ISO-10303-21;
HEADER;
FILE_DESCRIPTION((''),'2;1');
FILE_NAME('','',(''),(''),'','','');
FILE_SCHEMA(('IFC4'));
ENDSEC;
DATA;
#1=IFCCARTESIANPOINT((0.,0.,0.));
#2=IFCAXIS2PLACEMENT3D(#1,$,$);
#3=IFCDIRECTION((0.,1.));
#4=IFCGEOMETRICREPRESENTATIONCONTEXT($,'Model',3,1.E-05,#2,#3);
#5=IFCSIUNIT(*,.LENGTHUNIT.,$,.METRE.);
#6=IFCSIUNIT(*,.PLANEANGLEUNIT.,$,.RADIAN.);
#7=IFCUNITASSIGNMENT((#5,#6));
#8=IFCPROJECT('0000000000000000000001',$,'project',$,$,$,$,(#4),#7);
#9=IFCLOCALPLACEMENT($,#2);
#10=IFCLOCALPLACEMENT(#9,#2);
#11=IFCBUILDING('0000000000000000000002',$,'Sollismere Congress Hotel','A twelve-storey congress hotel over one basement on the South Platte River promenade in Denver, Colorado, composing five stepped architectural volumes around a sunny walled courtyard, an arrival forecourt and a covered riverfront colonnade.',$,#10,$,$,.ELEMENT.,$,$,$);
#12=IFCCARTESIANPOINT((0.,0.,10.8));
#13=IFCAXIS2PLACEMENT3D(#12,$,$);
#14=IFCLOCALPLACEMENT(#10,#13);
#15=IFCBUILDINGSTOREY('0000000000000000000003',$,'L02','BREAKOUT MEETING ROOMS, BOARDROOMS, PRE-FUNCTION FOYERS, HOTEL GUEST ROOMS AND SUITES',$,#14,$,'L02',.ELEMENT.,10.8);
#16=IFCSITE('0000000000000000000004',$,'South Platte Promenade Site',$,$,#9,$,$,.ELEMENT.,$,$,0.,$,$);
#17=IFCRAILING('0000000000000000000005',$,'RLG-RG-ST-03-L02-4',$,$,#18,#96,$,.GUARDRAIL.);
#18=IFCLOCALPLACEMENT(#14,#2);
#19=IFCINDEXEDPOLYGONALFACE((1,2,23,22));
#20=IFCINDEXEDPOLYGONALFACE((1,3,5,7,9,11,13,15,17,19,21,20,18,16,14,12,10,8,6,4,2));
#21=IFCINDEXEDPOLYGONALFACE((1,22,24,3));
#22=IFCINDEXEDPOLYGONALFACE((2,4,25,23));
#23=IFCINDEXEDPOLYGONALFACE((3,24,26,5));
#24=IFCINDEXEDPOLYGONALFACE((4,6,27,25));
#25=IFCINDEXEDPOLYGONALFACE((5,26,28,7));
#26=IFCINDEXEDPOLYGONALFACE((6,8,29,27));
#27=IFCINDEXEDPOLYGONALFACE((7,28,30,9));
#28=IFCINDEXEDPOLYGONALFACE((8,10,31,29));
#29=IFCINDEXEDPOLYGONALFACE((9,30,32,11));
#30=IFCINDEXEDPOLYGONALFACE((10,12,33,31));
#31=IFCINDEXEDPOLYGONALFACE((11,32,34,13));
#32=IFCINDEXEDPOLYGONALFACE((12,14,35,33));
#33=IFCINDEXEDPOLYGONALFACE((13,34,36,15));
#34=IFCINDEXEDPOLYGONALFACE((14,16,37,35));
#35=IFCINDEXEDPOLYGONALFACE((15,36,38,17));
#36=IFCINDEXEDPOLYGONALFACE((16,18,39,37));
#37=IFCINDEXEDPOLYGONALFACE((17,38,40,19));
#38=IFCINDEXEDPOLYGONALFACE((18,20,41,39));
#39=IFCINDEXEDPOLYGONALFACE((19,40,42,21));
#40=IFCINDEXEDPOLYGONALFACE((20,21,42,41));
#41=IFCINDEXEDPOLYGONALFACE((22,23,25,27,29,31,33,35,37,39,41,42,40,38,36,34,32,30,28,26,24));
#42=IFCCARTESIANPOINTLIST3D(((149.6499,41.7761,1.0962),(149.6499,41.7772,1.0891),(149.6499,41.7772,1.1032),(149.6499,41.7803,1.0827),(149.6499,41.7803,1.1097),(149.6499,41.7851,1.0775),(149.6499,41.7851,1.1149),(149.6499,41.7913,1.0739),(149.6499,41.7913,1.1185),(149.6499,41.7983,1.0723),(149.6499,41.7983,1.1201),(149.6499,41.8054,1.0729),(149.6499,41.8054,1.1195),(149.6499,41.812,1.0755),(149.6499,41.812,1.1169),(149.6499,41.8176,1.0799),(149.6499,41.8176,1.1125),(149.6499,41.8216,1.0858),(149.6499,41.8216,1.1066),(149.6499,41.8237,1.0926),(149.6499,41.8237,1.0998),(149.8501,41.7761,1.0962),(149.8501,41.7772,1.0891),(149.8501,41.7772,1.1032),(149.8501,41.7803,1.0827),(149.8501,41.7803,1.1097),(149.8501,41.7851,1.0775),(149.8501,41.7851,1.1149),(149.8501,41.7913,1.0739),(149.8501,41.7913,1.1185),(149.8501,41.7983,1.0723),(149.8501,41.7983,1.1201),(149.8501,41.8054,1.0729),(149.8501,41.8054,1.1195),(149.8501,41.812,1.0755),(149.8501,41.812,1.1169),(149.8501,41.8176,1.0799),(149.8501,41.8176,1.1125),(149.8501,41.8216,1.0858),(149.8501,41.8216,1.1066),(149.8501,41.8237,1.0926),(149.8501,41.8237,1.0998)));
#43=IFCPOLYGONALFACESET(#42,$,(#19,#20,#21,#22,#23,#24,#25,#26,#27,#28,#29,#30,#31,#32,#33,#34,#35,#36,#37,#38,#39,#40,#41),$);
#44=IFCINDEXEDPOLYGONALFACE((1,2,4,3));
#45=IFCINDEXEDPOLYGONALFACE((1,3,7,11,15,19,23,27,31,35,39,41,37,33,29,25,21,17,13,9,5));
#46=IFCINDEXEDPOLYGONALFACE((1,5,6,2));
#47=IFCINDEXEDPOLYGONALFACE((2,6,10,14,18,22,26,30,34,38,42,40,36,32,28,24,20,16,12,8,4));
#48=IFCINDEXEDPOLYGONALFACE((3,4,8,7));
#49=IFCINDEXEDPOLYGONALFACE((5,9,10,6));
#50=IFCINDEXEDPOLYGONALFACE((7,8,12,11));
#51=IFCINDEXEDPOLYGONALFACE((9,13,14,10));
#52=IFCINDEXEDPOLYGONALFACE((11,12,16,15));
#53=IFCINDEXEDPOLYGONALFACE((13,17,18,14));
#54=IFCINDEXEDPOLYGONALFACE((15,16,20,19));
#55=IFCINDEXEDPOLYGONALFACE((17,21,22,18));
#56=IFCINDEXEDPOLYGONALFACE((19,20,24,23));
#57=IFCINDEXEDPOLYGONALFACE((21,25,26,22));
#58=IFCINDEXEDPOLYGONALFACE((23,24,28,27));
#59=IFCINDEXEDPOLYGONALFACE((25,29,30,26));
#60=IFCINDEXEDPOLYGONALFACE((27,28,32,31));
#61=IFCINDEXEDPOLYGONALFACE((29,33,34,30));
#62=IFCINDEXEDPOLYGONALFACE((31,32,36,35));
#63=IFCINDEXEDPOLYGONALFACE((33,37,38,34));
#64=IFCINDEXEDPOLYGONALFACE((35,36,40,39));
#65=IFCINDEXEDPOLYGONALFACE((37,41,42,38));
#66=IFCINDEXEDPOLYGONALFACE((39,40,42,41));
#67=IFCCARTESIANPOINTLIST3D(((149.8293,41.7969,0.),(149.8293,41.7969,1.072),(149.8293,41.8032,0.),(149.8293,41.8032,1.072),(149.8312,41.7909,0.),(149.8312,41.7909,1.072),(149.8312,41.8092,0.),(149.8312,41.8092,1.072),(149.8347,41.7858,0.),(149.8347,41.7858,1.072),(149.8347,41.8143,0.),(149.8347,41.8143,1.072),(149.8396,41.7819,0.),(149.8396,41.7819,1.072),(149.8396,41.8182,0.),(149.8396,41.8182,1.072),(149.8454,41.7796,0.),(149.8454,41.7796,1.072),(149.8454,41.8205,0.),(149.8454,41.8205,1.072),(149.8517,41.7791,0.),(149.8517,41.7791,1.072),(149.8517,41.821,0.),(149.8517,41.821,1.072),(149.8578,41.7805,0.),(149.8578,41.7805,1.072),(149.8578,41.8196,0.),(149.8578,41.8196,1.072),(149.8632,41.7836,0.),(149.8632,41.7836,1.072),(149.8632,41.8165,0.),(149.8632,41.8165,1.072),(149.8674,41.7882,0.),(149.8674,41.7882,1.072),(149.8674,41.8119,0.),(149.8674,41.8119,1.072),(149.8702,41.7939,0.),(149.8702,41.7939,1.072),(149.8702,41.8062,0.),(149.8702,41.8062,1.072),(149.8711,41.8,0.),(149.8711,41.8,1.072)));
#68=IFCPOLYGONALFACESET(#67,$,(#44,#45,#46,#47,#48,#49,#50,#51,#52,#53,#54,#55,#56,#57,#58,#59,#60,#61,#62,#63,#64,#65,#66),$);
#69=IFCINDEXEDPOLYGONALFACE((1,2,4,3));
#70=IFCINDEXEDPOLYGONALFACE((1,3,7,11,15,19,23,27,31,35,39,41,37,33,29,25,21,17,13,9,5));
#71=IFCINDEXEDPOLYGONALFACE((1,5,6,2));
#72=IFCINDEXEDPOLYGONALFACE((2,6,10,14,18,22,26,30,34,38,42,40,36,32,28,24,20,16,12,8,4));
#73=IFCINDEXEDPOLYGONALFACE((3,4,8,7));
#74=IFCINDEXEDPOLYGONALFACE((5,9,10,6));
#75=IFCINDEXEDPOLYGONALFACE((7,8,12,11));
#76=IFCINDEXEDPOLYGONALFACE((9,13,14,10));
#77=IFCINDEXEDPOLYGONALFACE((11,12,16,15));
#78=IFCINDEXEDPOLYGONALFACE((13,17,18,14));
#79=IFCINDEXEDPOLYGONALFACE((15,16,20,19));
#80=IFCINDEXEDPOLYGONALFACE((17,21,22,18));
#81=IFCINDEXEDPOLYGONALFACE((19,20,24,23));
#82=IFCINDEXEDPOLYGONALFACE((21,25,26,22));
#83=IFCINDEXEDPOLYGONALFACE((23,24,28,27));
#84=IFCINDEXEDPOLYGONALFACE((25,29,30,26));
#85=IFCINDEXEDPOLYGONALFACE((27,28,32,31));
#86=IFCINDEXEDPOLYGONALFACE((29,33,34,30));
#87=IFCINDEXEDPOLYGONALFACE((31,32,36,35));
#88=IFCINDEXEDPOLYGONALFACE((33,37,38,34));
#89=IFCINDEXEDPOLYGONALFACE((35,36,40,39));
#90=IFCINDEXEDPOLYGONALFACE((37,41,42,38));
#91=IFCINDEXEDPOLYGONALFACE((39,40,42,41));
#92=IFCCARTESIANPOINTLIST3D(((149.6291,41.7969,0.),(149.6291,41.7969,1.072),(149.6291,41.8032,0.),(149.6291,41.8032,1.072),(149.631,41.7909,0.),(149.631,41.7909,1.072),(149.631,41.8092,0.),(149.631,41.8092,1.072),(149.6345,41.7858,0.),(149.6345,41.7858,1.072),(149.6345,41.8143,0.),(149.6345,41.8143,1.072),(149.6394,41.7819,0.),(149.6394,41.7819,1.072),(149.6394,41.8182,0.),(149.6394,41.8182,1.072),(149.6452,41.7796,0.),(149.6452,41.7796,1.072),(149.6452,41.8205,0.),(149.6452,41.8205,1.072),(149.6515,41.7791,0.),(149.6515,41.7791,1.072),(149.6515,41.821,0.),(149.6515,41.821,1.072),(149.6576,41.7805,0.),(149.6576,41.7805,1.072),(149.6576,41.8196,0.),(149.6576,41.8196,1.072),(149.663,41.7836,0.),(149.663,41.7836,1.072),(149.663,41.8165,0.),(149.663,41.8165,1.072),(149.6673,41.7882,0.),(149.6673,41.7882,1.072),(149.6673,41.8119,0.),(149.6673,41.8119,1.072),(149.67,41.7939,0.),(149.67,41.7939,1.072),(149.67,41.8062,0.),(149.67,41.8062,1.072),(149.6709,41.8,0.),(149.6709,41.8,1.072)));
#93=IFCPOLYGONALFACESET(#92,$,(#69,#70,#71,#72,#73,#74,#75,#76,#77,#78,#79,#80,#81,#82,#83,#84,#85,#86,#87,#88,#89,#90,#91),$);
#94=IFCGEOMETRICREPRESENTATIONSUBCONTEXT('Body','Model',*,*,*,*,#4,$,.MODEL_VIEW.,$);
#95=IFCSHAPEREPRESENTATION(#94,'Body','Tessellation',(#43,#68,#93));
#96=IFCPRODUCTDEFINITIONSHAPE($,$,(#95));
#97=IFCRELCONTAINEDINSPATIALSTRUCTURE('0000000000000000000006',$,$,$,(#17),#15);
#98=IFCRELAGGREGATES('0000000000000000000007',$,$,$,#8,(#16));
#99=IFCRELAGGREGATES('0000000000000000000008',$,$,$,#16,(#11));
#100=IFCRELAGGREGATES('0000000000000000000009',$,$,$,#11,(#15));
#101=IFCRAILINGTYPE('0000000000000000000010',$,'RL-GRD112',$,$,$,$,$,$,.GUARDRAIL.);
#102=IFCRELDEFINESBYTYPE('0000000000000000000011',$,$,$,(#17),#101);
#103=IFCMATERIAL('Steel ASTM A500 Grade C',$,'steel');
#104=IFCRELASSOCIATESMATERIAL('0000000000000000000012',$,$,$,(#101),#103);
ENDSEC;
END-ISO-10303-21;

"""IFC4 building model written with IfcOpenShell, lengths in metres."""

from ifc_helpers import new_model, si_unit, direction, frame, origin, origin_2d, place, context, subcontext, project, spatial, circle, extrude, material, type_object, element, save


model = new_model("IFC4")

# Units and contexts
model_context = context("Model", 3, precision=1e-05, world=origin(), true_north=direction((0.0, 1.0)))
body_context = subcontext(model_context, "Body", "Model", "MODEL_VIEW")
ifc_project = project(units=[si_unit("LENGTHUNIT", "METRE"), si_unit("PLANEANGLEUNIT", "RADIAN")], contexts=[model_context])

# Site, building, storey
site_placement = place(None, origin())
site = spatial("IfcSite", under=ifc_project, at=site_placement, Name="South Platte Promenade Site", CompositionType="ELEMENT", RefElevation=0.0)
building_placement = place(site_placement, origin())
building = spatial("IfcBuilding", under=site, at=building_placement, Name="Sollismere Congress Hotel", Description="A twelve-storey congress hotel over one basement on the South Platte River promenade in Denver, Colorado, composing five stepped architectural volumes around a sunny walled courtyard, an arrival forecourt and a covered riverfront colonnade.", CompositionType="ELEMENT")
storey_placement = place(building_placement, frame((0.0, 0.0, 10.8)))
storey = spatial("IfcBuildingStorey", under=building, at=storey_placement, Name="L02", Description="BREAKOUT MEETING ROOMS, BOARDROOMS, PRE-FUNCTION FOYERS, HOTEL GUEST ROOMS AND SUITES", LongName="L02", CompositionType="ELEMENT", Elevation=10.8)

# Railing
ifc_material_1 = material(Name="Steel ASTM A500 Grade C", Category="steel")
railing_type_1 = type_object("IfcRailingType", Name="RL-GRD112", PredefinedType="GUARDRAIL", material=ifc_material_1)
railing_1_placement = place(storey_placement, frame((149.8501, 41.8, 0.0)))
element("IfcRailing", 1, at=railing_1_placement, inside=storey, type_object=railing_type_1, Name="RLG-RG-ST-03-L02-4", PredefinedType="GUARDRAIL", context=body_context, shape_type="SweptSolid", body=[
    extrude(circle(Radius=0.0239, at=origin_2d()), frame((0.0, 0.0, 1.0962), z_axis=(-1.0, 0.0, 0.0), x_axis=(0.0, -1.0, 0.0)), (0.0, 0.0, 1.0), 0.2002),
    extrude(circle(Radius=0.021, at=origin_2d()), origin(), (0.0, 0.0, 1.0), 1.072),
    extrude(circle(Radius=0.021, at=origin_2d()), frame((-0.2002, 0.0, 0.0)), (0.0, 0.0, 1.0), 1.072),
])

save(model, "model.ifc")
